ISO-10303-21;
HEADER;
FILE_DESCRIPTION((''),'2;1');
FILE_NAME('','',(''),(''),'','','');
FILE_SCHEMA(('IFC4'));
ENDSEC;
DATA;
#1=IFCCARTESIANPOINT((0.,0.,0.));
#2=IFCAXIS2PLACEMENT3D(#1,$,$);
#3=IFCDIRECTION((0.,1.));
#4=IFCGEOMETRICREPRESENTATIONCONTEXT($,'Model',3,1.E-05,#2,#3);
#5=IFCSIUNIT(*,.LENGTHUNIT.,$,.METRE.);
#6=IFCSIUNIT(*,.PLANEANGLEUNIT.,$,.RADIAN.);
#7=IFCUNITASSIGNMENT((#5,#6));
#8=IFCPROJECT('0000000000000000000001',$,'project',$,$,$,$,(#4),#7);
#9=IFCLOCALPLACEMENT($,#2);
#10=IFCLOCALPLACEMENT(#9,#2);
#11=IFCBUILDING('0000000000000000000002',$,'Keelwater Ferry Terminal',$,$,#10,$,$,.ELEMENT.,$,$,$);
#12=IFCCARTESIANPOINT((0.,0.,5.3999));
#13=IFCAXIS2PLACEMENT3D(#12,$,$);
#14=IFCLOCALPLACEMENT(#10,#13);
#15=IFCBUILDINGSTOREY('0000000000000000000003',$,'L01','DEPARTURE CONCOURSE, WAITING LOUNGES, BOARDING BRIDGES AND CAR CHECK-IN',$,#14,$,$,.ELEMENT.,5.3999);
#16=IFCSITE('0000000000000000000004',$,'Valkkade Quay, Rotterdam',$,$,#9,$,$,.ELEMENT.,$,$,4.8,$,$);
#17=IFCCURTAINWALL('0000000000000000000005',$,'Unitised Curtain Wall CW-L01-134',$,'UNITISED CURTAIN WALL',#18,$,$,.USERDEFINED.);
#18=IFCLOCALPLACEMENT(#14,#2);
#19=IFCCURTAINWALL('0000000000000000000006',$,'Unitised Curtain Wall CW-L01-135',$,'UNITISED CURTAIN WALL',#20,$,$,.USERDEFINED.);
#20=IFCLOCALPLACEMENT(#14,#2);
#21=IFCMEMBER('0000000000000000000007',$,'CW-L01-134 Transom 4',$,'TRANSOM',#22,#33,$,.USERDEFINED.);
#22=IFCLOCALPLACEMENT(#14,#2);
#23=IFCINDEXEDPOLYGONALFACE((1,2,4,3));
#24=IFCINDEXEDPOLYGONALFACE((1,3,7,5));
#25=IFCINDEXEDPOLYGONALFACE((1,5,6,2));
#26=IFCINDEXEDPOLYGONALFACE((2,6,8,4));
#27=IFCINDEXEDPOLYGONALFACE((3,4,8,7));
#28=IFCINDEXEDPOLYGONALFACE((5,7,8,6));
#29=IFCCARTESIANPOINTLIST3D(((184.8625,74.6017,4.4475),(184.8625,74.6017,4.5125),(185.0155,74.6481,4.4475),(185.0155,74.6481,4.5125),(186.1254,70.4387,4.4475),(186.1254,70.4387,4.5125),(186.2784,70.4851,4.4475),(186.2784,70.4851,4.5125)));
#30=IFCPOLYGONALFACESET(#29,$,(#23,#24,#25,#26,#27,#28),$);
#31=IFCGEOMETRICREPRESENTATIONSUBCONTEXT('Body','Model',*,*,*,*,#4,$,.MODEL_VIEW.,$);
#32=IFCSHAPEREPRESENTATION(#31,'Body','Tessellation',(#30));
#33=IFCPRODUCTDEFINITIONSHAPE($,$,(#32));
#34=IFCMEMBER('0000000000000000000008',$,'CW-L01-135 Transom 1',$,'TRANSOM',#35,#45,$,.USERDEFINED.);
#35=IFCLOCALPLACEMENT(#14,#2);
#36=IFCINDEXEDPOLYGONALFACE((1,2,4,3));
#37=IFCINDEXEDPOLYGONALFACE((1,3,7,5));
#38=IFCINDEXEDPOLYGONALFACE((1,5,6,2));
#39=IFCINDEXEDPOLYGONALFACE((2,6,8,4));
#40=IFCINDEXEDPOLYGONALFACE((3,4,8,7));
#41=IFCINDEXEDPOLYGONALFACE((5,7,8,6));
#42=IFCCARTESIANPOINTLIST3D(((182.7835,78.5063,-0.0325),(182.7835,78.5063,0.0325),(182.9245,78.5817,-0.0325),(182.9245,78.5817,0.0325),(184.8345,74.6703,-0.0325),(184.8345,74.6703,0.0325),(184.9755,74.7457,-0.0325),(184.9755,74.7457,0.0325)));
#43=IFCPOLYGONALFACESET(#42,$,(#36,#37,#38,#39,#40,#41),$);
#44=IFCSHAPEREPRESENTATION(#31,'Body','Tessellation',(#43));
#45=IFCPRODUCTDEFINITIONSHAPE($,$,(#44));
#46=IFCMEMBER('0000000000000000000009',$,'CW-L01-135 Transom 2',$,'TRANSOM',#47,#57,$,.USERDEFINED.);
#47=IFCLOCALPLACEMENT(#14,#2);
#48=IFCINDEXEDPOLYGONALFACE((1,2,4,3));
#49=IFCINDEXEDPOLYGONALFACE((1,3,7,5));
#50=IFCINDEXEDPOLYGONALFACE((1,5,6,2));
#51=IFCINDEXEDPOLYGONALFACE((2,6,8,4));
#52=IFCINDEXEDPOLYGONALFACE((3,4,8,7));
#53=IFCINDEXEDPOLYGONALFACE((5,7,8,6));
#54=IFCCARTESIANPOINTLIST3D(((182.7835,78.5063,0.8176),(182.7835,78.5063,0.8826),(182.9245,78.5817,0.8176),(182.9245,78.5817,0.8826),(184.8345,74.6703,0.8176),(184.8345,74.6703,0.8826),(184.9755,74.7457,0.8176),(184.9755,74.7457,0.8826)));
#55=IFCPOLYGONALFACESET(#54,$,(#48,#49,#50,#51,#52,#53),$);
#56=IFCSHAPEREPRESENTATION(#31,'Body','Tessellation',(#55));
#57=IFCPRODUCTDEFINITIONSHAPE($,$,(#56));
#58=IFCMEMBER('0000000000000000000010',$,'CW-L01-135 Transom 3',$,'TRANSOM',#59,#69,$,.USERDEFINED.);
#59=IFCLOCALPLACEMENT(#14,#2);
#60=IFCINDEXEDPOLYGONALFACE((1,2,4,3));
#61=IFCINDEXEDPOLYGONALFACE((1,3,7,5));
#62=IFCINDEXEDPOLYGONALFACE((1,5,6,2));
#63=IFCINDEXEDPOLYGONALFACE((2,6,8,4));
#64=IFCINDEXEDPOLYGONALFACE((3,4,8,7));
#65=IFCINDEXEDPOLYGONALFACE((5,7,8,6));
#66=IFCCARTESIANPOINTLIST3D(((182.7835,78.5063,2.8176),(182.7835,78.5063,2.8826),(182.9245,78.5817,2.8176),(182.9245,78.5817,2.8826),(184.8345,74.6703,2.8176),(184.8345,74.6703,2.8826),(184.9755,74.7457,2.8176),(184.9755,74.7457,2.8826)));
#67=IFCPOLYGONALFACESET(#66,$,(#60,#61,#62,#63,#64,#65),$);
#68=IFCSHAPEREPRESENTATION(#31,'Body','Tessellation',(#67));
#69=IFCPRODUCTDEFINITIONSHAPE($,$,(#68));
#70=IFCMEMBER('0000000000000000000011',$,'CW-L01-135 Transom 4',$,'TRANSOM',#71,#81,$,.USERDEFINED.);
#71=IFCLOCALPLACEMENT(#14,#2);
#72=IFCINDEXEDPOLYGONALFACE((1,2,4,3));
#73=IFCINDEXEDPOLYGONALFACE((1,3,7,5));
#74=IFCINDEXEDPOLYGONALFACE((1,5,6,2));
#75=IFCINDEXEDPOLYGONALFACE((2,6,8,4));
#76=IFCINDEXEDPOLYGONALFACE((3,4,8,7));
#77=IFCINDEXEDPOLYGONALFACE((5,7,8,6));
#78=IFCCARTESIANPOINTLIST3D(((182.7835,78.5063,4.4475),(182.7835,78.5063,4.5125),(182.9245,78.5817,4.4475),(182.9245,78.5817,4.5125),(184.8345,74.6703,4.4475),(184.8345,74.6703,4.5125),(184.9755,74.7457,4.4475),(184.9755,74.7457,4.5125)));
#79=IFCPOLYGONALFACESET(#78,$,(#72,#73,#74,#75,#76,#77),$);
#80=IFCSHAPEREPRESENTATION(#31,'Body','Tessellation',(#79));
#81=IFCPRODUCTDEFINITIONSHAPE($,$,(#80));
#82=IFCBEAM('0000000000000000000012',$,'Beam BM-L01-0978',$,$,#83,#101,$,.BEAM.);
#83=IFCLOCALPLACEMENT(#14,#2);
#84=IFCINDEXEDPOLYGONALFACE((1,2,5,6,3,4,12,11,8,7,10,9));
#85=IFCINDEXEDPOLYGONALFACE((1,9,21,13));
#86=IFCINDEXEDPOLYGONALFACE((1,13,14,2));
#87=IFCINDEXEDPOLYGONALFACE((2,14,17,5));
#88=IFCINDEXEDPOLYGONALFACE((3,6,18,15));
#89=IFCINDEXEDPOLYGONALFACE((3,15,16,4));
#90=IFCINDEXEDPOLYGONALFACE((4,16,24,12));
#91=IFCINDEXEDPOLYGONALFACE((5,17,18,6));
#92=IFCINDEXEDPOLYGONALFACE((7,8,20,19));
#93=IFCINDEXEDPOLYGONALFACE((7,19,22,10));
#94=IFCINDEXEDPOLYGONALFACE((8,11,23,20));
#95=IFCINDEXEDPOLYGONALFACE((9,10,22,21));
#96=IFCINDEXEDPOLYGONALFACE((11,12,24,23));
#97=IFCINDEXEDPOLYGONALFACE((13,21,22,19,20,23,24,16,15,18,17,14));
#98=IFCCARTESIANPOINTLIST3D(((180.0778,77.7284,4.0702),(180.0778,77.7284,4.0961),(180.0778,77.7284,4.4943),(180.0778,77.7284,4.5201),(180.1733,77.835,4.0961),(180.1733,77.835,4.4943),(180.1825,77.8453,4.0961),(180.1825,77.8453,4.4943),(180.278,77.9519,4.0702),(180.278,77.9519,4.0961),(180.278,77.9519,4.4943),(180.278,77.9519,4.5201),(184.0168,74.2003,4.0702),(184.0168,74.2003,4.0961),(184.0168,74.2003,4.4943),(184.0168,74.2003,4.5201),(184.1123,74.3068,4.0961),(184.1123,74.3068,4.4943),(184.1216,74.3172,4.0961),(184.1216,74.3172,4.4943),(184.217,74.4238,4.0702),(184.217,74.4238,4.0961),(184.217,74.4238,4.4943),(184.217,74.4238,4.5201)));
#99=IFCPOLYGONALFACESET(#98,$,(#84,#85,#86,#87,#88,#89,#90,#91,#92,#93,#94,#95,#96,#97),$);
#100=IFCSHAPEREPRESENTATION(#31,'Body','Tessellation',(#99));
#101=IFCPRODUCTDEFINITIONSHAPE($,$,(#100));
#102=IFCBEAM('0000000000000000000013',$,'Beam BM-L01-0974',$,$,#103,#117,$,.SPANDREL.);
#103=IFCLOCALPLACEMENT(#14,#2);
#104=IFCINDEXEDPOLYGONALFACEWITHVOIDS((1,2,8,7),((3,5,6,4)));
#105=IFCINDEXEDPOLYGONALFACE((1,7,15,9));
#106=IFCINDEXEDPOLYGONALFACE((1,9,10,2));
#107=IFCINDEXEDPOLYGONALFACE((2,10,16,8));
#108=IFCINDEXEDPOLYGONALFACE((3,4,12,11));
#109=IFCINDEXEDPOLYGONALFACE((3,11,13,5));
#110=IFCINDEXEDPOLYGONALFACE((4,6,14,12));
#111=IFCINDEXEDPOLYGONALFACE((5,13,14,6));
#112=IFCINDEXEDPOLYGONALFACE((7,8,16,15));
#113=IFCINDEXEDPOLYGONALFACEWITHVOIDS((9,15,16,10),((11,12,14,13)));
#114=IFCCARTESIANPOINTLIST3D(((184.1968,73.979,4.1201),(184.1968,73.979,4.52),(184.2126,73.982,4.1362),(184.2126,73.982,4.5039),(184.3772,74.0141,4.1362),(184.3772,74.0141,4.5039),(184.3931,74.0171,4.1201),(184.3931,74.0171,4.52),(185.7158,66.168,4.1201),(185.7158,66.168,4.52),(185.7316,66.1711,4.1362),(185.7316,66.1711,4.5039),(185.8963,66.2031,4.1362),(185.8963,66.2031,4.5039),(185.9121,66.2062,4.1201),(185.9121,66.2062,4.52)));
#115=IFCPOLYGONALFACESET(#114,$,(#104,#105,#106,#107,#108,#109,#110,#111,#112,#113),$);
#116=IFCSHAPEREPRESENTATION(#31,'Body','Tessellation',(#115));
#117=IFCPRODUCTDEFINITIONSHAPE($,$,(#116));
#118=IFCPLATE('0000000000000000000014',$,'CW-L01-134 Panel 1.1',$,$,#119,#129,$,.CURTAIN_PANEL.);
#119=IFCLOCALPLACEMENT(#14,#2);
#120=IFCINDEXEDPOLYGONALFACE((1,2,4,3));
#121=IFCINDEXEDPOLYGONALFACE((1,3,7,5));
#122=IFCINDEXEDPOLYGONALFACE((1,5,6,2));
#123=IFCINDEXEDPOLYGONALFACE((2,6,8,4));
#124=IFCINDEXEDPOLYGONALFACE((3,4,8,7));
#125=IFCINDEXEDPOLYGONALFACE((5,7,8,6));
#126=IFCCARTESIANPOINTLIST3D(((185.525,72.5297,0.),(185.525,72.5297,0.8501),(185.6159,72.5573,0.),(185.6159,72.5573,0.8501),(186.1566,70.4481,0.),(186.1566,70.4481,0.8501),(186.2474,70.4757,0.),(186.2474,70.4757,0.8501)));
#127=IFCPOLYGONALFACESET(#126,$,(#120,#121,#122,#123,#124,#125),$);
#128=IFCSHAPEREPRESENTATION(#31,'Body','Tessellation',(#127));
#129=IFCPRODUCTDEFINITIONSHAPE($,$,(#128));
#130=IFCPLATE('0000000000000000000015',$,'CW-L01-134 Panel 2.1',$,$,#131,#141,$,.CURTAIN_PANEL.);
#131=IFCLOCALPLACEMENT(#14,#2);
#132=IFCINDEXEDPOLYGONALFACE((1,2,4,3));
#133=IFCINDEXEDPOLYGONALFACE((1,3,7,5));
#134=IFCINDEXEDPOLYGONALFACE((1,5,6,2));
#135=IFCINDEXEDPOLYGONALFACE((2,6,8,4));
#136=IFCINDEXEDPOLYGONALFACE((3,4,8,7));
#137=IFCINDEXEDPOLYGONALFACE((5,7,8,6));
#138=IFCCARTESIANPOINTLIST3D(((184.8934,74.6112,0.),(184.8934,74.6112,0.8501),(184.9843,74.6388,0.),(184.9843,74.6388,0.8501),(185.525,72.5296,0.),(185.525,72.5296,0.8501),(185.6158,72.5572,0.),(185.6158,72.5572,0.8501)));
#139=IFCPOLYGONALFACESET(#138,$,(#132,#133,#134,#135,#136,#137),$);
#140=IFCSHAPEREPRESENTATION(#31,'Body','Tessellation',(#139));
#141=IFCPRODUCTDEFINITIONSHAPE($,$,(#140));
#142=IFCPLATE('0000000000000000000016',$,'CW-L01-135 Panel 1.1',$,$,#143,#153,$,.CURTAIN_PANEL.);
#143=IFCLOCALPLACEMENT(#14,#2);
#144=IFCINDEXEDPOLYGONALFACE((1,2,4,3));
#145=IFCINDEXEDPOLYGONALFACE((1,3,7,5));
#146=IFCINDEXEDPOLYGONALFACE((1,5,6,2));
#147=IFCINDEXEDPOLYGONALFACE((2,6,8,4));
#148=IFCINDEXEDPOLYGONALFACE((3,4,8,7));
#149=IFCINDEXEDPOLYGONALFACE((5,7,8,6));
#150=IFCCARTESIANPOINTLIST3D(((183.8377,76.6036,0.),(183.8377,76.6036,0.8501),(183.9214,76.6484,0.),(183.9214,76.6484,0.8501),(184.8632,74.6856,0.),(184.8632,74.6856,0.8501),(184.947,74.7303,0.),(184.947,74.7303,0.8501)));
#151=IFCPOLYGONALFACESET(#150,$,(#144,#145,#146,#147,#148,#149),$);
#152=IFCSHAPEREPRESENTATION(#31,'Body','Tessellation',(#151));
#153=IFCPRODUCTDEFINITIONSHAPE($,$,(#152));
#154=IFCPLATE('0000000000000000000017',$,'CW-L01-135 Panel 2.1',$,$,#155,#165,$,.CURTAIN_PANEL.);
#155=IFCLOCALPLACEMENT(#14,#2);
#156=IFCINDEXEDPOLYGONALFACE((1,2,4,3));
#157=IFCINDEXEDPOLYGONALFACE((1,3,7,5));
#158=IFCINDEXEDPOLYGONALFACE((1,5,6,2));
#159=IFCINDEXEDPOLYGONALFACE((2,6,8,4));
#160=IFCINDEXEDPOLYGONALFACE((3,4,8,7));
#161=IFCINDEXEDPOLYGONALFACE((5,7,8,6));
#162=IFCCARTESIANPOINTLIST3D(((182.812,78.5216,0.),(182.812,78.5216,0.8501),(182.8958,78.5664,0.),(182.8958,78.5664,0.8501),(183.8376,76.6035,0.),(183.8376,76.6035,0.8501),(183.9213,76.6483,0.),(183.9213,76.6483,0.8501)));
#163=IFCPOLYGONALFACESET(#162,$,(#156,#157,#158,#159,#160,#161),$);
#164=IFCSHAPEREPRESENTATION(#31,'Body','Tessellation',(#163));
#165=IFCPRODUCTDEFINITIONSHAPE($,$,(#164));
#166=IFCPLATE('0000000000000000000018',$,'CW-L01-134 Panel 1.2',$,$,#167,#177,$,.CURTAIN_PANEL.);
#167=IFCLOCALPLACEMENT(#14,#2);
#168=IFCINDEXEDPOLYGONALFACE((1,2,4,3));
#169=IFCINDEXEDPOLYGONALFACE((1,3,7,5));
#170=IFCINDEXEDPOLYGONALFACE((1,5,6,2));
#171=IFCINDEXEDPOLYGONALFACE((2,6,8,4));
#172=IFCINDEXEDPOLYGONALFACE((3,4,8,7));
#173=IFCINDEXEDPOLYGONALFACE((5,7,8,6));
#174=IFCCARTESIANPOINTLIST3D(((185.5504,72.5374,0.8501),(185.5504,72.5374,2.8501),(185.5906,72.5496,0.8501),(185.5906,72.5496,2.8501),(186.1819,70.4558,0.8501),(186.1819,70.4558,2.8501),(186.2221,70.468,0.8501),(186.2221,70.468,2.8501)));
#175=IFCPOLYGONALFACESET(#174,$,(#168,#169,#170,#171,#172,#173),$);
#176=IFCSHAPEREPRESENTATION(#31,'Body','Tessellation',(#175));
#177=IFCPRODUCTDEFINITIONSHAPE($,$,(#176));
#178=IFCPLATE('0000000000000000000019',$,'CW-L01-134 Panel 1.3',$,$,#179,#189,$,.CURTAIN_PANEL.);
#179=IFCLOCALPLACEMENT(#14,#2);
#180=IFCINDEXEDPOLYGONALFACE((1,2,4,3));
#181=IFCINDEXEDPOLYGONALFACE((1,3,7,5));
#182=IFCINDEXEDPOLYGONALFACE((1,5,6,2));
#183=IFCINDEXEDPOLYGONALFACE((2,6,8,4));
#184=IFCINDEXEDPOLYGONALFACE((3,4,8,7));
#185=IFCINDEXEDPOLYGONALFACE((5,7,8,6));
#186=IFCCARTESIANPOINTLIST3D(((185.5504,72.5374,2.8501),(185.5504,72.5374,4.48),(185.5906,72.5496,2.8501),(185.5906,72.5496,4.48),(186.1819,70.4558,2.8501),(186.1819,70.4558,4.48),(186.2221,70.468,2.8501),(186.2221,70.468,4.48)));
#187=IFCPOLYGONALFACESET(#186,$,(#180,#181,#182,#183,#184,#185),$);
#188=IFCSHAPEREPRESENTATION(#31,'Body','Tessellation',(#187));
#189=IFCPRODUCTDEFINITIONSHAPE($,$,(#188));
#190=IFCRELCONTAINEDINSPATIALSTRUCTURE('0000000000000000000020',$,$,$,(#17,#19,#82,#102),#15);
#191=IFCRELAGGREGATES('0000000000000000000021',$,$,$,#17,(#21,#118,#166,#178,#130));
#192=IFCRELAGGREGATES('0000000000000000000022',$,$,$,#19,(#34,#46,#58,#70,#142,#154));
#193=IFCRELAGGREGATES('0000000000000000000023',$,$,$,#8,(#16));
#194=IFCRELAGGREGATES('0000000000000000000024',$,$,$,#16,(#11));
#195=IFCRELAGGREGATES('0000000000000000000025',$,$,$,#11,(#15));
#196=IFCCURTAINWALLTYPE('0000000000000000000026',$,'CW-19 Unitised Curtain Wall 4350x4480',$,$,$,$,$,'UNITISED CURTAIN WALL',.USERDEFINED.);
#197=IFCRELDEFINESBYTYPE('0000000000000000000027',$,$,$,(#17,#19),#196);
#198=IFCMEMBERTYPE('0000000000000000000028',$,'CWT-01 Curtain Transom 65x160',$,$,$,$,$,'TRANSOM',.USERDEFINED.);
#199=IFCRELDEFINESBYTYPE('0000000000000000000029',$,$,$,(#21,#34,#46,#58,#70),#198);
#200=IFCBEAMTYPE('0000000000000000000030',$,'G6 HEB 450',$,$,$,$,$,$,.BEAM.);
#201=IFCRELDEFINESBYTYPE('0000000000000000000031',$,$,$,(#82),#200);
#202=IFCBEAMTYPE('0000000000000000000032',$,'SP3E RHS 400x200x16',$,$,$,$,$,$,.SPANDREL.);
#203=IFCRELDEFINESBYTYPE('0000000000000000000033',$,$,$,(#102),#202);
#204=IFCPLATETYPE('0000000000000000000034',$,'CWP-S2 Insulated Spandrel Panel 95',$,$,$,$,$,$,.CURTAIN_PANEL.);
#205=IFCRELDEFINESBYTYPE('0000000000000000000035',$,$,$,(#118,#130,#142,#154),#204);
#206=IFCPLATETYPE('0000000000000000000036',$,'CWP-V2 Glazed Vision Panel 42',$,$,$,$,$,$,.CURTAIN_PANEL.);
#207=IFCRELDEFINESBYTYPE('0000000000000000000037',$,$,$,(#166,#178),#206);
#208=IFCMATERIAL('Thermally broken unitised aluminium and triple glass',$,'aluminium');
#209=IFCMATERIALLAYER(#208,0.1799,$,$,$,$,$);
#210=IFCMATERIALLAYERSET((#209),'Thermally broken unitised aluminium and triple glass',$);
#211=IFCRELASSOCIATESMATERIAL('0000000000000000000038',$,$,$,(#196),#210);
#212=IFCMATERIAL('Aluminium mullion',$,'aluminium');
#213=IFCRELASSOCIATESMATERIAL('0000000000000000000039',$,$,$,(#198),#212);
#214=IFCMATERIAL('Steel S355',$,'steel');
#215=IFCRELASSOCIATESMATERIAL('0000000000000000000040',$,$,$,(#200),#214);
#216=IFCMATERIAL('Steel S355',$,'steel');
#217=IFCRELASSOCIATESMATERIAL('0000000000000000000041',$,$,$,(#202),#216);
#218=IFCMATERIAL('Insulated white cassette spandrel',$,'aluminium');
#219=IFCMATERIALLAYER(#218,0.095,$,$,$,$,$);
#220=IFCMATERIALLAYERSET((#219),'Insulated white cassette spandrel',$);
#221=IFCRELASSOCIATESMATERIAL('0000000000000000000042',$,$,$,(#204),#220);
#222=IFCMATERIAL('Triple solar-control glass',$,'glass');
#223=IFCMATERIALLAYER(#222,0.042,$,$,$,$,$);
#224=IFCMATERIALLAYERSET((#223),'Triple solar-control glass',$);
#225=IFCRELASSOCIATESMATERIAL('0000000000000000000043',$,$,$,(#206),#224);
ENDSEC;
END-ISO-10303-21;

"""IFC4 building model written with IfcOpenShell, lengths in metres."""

from ifc_helpers import new_model, si_unit, direction, frame, origin, origin_2d, place, context, subcontext, project, spatial, rectangle, hollow_rectangle, i_section, extrude, material, layer, layer_set, material_profile, profile_set, type_object, element, aggregate, save


model = new_model("IFC4")

# Units and contexts
model_context = context("Model", 3, precision=1e-05, world=origin(), true_north=direction((0.0, 1.0)))
body_context = subcontext(model_context, "Body", "Model", "MODEL_VIEW")
ifc_project = project(units=[si_unit("LENGTHUNIT", "METRE"), si_unit("PLANEANGLEUNIT", "RADIAN")], contexts=[model_context])

# Site, building, storey
site_placement = place(None, origin())
site = spatial("IfcSite", under=ifc_project, at=site_placement, Name="Valkkade Quay, Rotterdam", CompositionType="ELEMENT", RefElevation=4.8)
building_placement = place(site_placement, origin())
building = spatial("IfcBuilding", under=site, at=building_placement, Name="Keelwater Ferry Terminal", CompositionType="ELEMENT")
storey_placement = place(building_placement, frame((0.0, 0.0, 5.3999)))
storey = spatial("IfcBuildingStorey", under=building, at=storey_placement, Name="L01", Description="DEPARTURE CONCOURSE, WAITING LOUNGES, BOARDING BRIDGES AND CAR CHECK-IN", CompositionType="ELEMENT", Elevation=5.3999)

# Shared definitions
ifc_material_1 = material(Name="Thermally broken unitised aluminium and triple glass", Category="aluminium")
ifc_layer_1 = layer(ifc_material_1, 0.1799)
ifc_layer_set_1 = layer_set([ifc_layer_1], Name="Thermally broken unitised aluminium and triple glass")
curtain_wall_type = type_object("IfcCurtainWallType", Name="CW-19 Unitised Curtain Wall 4350x4480", ElementType="UNITISED CURTAIN WALL", PredefinedType="USERDEFINED", material=ifc_layer_set_1)

# Curtain walls
curtain_wall_1_placement = place(storey_placement, origin())
curtain_wall_1 = element("IfcCurtainWall", 1, at=curtain_wall_1_placement, inside=storey, type_object=curtain_wall_type, Name="Unitised Curtain Wall CW-L01-134", ObjectType="UNITISED CURTAIN WALL", PredefinedType="USERDEFINED")
curtain_wall_2_placement = place(storey_placement, origin())
curtain_wall_2 = element("IfcCurtainWall", 2, at=curtain_wall_2_placement, inside=storey, type_object=curtain_wall_type, Name="Unitised Curtain Wall CW-L01-135", ObjectType="UNITISED CURTAIN WALL", PredefinedType="USERDEFINED")

# Members
ifc_material_2 = material(Name="Aluminium mullion", Category="aluminium")
ifc_material_profile_1 = material_profile(ifc_material_2, rectangle(XDim=0.1599, YDim=0.0649, at=origin_2d()), Name="CWT-01")
ifc_profile_set_1 = profile_set([ifc_material_profile_1], Name="Aluminium mullion")
member_type_1 = type_object("IfcMemberType", Name="CWT-01 Curtain Transom 65x160", ElementType="TRANSOM", PredefinedType="USERDEFINED", material=ifc_profile_set_1)
member_1_placement = place(storey_placement, frame((186.2019, 70.4619, 4.48), z_axis=(-0.290302, 0.956935, 0.0), x_axis=(-0.956935, -0.290302, 0.0)))
member_1 = element("IfcMember", 3, at=member_1_placement, type_object=member_type_1, Name="CW-L01-134 Transom 4", ObjectType="TRANSOM", PredefinedType="USERDEFINED", context=body_context, shape_type="SweptSolid", body=[
    extrude(rectangle(XDim=0.1599, YDim=0.0649, at=origin_2d()), origin(), (0.0, 0.0, 1.0), 4.3503),
])
member_2_placement = place(storey_placement, frame((184.905, 74.708, 0.0), z_axis=(-0.471517, 0.881857, 0.0), x_axis=(-0.881857, -0.471517, 0.0)))
member_2 = element("IfcMember", 4, at=member_2_placement, type_object=member_type_1, Name="CW-L01-135 Transom 1", ObjectType="TRANSOM", PredefinedType="USERDEFINED", context=body_context, shape_type="SweptSolid", body=[
    extrude(rectangle(XDim=0.1599, YDim=0.0649, at=origin_2d()), origin(), (0.0, 0.0, 1.0), 4.3499),
])
member_3_placement = place(storey_placement, frame((184.905, 74.708, 0.8501), z_axis=(-0.471517, 0.881857, 0.0), x_axis=(-0.881857, -0.471517, 0.0)))
member_3 = element("IfcMember", 5, at=member_3_placement, type_object=member_type_1, Name="CW-L01-135 Transom 2", ObjectType="TRANSOM", PredefinedType="USERDEFINED", context=body_context, shape_type="SweptSolid", body=[
    extrude(rectangle(XDim=0.1599, YDim=0.0649, at=origin_2d()), origin(), (0.0, 0.0, 1.0), 4.3499),
])
member_4_placement = place(storey_placement, frame((184.905, 74.708, 2.8501), z_axis=(-0.471517, 0.881857, 0.0), x_axis=(-0.881857, -0.471517, 0.0)))
member_4 = element("IfcMember", 6, at=member_4_placement, type_object=member_type_1, Name="CW-L01-135 Transom 3", ObjectType="TRANSOM", PredefinedType="USERDEFINED", context=body_context, shape_type="SweptSolid", body=[
    extrude(rectangle(XDim=0.1599, YDim=0.0649, at=origin_2d()), origin(), (0.0, 0.0, 1.0), 4.3499),
])
member_5_placement = place(storey_placement, frame((184.905, 74.708, 4.48), z_axis=(-0.471517, 0.881857, 0.0), x_axis=(-0.881857, -0.471517, 0.0)))
member_5 = element("IfcMember", 7, at=member_5_placement, type_object=member_type_1, Name="CW-L01-135 Transom 4", ObjectType="TRANSOM", PredefinedType="USERDEFINED", context=body_context, shape_type="SweptSolid", body=[
    extrude(rectangle(XDim=0.1599, YDim=0.0649, at=origin_2d()), origin(), (0.0, 0.0, 1.0), 4.3499),
])

# Beams
ifc_material_3 = material(Name="Steel S355", Category="steel")
ifc_material_profile_2 = material_profile(ifc_material_3, i_section(OverallWidth=0.3, OverallDepth=0.45, WebThickness=0.0139, FlangeThickness=0.0259, at=origin_2d()), Name="HEB 450")
ifc_profile_set_2 = profile_set([ifc_material_profile_2], Name="Steel S355")
beam_type_1 = type_object("IfcBeamType", Name="G6 HEB 450", PredefinedType="BEAM", material=ifc_profile_set_2)
beam_1_placement = place(storey_placement, frame((184.1169, 74.312, 4.2952), z_axis=(-0.74489, 0.667187, 0.0), x_axis=(-0.667187, -0.74489, 0.0)))
element("IfcBeam", 8, at=beam_1_placement, inside=storey, type_object=beam_type_1, Name="Beam BM-L01-0978", PredefinedType="BEAM", context=body_context, shape_type="SweptSolid", body=[
    extrude(i_section(OverallWidth=0.3, OverallDepth=0.45, WebThickness=0.0139, FlangeThickness=0.0259, at=origin_2d()), origin(), (0.0, 0.0, 1.0), 5.2881),
])
ifc_material_4 = material(Name="Steel S355", Category="steel")
ifc_material_profile_3 = material_profile(ifc_material_4, hollow_rectangle(XDim=0.2, YDim=0.3999, WallThickness=0.0161, at=origin_2d()), Name="RHS 400x200x16")
ifc_profile_set_3 = profile_set([ifc_material_profile_3], Name="Steel S355")
beam_type_2 = type_object("IfcBeamType", Name="SP3E RHS 400x200x16", PredefinedType="SPANDREL", material=ifc_profile_set_3)
beam_2_placement = place(storey_placement, frame((184.2949, 73.998, 4.3201), z_axis=(0.190898, -0.98161, 0.0), x_axis=(0.98161, 0.190898, 0.0)))
element("IfcBeam", 9, at=beam_2_placement, inside=storey, type_object=beam_type_2, Name="Beam BM-L01-0974", PredefinedType="SPANDREL", context=body_context, shape_type="SweptSolid", body=[
    extrude(hollow_rectangle(XDim=0.2, YDim=0.3999, WallThickness=0.0161, at=origin_2d()), origin(), (0.0, 0.0, 1.0), 7.9573),
])

# Plates
ifc_material_5 = material(Name="Insulated white cassette spandrel", Category="aluminium")
ifc_layer_2 = layer(ifc_material_5, 0.095)
ifc_layer_set_2 = layer_set([ifc_layer_2], Name="Insulated white cassette spandrel")
plate_type_1 = type_object("IfcPlateType", Name="CWP-S2 Insulated Spandrel Panel 95", PredefinedType="CURTAIN_PANEL", material=ifc_layer_set_2)
plate_1_placement = place(storey_placement, frame((185.8862, 71.5027, 0.0), z_axis=(0.0, 0.0, 1.0), x_axis=(-0.29032, 0.95693, 0.0)))
plate_1 = element("IfcPlate", 10, at=plate_1_placement, type_object=plate_type_1, Name="CW-L01-134 Panel 1.1", PredefinedType="CURTAIN_PANEL", context=body_context, shape_type="SweptSolid", body=[
    extrude(rectangle(XDim=2.1753, YDim=0.095, at=origin_2d()), origin(), (0.0, 0.0, 1.0), 0.8501),
])
plate_2_placement = place(storey_placement, frame((185.2546, 73.5842, 0.0), z_axis=(0.0, 0.0, 1.0), x_axis=(-0.29032, 0.95693, 0.0)))
plate_2 = element("IfcPlate", 11, at=plate_2_placement, type_object=plate_type_1, Name="CW-L01-134 Panel 2.1", PredefinedType="CURTAIN_PANEL", context=body_context, shape_type="SweptSolid", body=[
    extrude(rectangle(XDim=2.1753, YDim=0.095, at=origin_2d()), origin(), (0.0, 0.0, 1.0), 0.8501),
])
plate_3_placement = place(storey_placement, frame((184.3923, 75.667, 0.0), z_axis=(0.0, 0.0, 1.0), x_axis=(-0.471507, 0.881862, 0.0)))
plate_3 = element("IfcPlate", 12, at=plate_3_placement, type_object=plate_type_1, Name="CW-L01-135 Panel 1.1", PredefinedType="CURTAIN_PANEL", context=body_context, shape_type="SweptSolid", body=[
    extrude(rectangle(XDim=2.175, YDim=0.095, at=origin_2d()), origin(), (0.0, 0.0, 1.0), 0.8501),
])
plate_4_placement = place(storey_placement, frame((183.3667, 77.585, 0.0), z_axis=(0.0, 0.0, 1.0), x_axis=(-0.471507, 0.881862, 0.0)))
plate_4 = element("IfcPlate", 13, at=plate_4_placement, type_object=plate_type_1, Name="CW-L01-135 Panel 2.1", PredefinedType="CURTAIN_PANEL", context=body_context, shape_type="SweptSolid", body=[
    extrude(rectangle(XDim=2.175, YDim=0.095, at=origin_2d()), origin(), (0.0, 0.0, 1.0), 0.8501),
])
ifc_material_6 = material(Name="Triple solar-control glass", Category="glass")
ifc_layer_3 = layer(ifc_material_6, 0.042)
ifc_layer_set_3 = layer_set([ifc_layer_3], Name="Triple solar-control glass")
plate_type_2 = type_object("IfcPlateType", Name="CWP-V2 Glazed Vision Panel 42", PredefinedType="CURTAIN_PANEL", material=ifc_layer_set_3)
plate_5_placement = place(storey_placement, frame((185.8862, 71.5027, 0.8501), z_axis=(0.0, 0.0, 1.0), x_axis=(-0.29032, 0.95693, 0.0)))
plate_5 = element("IfcPlate", 14, at=plate_5_placement, type_object=plate_type_2, Name="CW-L01-134 Panel 1.2", PredefinedType="CURTAIN_PANEL", context=body_context, shape_type="SweptSolid", body=[
    extrude(rectangle(XDim=2.1753, YDim=0.042, at=origin_2d()), origin(), (0.0, 0.0, 1.0), 2.0),
])
plate_6_placement = place(storey_placement, frame((185.8862, 71.5027, 2.8501), z_axis=(0.0, 0.0, 1.0), x_axis=(-0.29032, 0.95693, 0.0)))
plate_6 = element("IfcPlate", 15, at=plate_6_placement, type_object=plate_type_2, Name="CW-L01-134 Panel 1.3", PredefinedType="CURTAIN_PANEL", context=body_context, shape_type="SweptSolid", body=[
    extrude(rectangle(XDim=2.1753, YDim=0.042, at=origin_2d()), origin(), (0.0, 0.0, 1.0), 1.6299),
])
aggregate(curtain_wall_1, [member_1, plate_1, plate_5, plate_6, plate_2])
aggregate(curtain_wall_2, [member_2, member_3, member_4, member_5, plate_3, plate_4])

save(model, "model.ifc")
